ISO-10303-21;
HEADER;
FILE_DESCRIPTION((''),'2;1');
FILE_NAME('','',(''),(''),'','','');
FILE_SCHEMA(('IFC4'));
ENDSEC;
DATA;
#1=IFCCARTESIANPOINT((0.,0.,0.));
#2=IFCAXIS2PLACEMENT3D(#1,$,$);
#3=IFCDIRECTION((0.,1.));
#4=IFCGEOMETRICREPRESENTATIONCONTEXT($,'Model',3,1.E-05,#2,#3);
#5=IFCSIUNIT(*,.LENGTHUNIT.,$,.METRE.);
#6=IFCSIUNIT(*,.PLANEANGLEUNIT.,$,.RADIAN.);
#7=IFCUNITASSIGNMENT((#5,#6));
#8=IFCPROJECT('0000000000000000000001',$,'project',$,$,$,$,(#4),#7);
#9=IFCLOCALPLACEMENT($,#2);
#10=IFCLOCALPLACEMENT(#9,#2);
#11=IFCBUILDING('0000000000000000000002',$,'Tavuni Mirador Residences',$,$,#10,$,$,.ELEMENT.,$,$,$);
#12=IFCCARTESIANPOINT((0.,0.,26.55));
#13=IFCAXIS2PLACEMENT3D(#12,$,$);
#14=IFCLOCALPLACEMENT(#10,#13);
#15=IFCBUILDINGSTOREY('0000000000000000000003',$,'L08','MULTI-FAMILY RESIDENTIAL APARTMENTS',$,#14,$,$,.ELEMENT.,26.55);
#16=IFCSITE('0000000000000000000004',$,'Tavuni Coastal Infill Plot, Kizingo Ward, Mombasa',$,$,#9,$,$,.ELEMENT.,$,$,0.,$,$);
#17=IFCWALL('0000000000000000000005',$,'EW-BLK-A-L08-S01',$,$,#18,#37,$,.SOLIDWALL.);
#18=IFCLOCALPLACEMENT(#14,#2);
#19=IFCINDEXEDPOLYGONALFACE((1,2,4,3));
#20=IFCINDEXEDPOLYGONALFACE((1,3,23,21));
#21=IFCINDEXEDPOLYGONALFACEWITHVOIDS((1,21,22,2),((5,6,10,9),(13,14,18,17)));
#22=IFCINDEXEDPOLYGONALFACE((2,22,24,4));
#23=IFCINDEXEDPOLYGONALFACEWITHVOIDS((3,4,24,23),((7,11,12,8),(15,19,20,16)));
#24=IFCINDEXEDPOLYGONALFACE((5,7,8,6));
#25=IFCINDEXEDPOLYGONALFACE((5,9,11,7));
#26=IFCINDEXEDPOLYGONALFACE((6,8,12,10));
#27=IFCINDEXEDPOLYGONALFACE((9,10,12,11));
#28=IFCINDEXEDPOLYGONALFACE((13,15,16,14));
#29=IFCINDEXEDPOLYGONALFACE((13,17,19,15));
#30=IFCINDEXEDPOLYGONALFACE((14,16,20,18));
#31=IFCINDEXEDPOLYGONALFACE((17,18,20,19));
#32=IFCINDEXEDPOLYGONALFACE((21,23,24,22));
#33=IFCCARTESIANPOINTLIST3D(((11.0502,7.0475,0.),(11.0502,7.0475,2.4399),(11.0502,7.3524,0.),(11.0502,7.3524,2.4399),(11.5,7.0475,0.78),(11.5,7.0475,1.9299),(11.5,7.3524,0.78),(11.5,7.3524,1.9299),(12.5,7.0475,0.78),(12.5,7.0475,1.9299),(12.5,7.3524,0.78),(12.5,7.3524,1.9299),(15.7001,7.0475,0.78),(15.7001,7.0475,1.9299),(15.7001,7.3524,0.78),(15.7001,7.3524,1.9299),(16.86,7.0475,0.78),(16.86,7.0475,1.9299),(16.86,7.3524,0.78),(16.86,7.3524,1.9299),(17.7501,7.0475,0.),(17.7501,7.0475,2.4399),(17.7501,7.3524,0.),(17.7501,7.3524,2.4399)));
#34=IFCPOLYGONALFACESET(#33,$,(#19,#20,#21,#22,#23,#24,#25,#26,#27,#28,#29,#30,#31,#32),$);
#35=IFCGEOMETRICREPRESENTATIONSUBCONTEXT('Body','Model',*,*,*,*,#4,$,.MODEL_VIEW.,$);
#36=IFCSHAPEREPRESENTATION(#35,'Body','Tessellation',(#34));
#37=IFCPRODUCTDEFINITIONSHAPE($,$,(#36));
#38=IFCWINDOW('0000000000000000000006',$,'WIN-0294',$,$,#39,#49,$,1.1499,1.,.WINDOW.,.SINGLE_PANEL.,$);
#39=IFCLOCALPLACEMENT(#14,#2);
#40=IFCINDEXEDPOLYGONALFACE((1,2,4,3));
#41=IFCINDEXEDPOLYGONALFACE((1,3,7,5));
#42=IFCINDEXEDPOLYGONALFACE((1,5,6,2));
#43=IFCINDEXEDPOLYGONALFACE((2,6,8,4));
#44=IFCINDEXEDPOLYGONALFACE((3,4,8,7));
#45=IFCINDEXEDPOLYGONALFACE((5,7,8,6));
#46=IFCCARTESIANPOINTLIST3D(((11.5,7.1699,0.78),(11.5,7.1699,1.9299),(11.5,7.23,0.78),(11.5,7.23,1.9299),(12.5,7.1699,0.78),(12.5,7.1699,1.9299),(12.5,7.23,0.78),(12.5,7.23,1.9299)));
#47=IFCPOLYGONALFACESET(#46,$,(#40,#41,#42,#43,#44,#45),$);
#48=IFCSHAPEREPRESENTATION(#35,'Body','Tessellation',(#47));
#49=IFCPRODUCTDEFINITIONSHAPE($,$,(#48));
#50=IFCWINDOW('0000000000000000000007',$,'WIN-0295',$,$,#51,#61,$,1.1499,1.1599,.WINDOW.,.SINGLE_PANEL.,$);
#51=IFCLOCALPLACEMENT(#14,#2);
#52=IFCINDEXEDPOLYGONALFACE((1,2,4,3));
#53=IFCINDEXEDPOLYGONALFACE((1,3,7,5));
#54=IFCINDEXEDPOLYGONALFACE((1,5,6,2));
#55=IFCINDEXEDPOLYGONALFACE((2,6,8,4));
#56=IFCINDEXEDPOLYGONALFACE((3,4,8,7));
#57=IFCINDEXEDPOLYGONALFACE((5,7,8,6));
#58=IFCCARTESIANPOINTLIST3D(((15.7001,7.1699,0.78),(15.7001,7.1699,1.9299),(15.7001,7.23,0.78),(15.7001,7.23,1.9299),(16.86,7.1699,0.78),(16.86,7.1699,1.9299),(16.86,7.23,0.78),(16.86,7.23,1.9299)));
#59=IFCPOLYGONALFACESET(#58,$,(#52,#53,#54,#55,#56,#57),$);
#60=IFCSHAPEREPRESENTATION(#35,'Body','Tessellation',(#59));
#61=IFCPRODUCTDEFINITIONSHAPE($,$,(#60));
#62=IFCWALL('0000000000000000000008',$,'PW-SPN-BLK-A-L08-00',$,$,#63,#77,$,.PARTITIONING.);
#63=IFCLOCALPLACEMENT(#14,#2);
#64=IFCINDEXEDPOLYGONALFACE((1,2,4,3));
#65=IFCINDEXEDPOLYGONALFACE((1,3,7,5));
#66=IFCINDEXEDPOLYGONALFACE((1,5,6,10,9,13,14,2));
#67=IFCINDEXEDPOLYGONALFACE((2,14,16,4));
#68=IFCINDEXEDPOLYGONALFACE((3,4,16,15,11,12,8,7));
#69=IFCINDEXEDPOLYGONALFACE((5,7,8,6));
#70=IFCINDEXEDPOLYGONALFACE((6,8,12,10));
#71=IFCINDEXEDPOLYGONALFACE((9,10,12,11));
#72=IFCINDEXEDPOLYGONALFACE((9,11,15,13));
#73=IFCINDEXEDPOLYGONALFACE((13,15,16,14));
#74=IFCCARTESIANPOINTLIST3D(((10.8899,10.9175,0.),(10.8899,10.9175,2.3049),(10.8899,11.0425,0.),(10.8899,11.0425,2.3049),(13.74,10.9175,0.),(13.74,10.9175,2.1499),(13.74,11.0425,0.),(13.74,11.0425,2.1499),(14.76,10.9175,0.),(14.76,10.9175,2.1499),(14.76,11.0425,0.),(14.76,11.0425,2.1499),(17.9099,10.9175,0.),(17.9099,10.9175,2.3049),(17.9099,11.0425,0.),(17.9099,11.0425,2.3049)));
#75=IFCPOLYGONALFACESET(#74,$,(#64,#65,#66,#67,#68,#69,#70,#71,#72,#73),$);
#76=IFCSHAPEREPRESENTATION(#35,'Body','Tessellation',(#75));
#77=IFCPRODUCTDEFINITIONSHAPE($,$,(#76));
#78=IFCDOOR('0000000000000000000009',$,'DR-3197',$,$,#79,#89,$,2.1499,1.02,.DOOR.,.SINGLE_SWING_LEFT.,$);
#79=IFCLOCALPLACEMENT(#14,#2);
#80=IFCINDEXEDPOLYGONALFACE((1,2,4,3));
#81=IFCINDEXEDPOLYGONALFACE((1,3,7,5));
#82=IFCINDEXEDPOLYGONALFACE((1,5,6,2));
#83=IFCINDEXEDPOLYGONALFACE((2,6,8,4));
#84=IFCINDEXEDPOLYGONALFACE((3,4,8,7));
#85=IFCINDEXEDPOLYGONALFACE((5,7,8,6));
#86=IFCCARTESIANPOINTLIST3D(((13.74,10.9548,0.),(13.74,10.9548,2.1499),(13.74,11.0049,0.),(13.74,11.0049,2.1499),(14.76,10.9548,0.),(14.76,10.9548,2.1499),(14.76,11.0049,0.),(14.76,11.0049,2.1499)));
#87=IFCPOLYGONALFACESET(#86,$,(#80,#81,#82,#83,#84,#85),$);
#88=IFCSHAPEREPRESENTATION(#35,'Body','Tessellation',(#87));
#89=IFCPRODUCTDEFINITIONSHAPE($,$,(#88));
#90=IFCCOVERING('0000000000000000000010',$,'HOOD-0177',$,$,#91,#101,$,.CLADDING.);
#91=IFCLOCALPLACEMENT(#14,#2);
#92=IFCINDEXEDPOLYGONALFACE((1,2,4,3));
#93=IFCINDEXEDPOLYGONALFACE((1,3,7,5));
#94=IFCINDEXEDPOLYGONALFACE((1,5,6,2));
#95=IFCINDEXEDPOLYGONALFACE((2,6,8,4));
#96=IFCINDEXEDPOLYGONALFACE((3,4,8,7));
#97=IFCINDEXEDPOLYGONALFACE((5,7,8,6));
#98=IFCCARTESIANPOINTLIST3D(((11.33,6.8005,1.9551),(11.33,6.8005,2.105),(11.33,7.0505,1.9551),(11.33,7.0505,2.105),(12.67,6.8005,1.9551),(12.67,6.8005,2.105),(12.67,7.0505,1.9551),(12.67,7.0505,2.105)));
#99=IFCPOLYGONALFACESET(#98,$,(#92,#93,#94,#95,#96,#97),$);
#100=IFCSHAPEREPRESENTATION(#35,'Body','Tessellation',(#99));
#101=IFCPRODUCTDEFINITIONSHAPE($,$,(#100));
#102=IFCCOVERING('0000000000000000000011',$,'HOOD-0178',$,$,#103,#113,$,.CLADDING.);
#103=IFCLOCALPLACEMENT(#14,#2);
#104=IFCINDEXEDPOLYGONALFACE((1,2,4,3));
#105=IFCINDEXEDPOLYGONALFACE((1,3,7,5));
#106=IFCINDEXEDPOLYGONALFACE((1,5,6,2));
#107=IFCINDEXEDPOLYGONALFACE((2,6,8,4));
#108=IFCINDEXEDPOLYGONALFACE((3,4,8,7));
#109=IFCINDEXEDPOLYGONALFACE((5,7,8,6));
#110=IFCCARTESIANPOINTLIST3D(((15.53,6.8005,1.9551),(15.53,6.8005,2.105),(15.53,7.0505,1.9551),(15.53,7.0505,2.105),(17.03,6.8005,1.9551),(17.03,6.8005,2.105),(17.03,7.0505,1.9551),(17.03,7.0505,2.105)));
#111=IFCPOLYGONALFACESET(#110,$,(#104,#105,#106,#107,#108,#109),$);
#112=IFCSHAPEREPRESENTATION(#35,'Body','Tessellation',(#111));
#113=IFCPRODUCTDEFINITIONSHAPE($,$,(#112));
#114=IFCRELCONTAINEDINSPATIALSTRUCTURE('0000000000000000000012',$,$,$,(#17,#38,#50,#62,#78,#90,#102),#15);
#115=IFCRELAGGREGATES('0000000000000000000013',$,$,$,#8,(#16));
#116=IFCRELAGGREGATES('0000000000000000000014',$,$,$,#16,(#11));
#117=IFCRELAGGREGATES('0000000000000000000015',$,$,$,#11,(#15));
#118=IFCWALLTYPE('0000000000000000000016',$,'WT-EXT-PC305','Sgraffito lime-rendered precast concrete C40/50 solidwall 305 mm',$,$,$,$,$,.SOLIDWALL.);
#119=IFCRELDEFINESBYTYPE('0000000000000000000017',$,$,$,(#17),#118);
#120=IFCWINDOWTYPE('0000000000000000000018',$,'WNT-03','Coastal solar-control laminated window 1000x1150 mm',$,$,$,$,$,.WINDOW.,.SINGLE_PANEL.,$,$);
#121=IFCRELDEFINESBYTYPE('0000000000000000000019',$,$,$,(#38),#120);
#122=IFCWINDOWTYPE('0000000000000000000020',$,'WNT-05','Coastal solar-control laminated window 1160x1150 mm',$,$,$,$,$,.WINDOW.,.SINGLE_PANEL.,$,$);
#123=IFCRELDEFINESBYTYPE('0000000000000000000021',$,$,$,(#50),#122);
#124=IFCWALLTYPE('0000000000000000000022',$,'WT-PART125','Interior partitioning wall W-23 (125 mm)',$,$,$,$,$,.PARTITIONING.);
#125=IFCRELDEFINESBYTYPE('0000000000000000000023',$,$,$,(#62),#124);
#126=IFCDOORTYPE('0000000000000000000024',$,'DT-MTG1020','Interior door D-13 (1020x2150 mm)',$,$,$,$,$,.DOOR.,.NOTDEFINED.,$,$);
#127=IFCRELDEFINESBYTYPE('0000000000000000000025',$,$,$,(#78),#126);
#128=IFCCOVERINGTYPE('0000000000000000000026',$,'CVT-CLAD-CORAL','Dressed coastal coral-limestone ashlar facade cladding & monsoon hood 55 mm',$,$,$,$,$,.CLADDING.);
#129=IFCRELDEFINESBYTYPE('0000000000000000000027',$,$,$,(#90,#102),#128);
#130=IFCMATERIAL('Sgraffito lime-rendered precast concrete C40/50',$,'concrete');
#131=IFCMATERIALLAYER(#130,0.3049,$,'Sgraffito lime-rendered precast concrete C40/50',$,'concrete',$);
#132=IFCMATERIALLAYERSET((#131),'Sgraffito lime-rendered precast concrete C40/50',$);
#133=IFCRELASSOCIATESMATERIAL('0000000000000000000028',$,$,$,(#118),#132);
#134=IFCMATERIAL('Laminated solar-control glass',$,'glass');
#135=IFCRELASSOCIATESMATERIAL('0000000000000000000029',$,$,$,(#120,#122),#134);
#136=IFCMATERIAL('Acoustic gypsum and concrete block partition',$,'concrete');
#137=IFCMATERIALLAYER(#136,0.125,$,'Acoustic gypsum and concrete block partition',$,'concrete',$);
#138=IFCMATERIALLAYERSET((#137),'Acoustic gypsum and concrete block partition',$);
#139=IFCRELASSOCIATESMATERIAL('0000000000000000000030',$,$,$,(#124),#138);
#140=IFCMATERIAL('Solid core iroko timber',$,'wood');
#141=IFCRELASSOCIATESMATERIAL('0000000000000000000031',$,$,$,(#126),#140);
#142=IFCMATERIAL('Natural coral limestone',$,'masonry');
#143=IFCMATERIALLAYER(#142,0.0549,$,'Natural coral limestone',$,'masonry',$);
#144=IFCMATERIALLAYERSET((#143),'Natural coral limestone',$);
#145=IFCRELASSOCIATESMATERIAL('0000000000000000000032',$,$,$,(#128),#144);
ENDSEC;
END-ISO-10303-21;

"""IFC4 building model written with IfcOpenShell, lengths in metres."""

from ifc_helpers import new_model, si_unit, direction, frame, frame_2d, origin, origin_2d, place, context, subcontext, project, spatial, rectangle, extrude, material, layer, layer_set, type_object, element, fill, save


model = new_model("IFC4")

# Units and contexts
model_context = context("Model", 3, precision=1e-05, world=origin(), true_north=direction((0.0, 1.0)))
body_context = subcontext(model_context, "Body", "Model", "MODEL_VIEW")
ifc_project = project(units=[si_unit("LENGTHUNIT", "METRE"), si_unit("PLANEANGLEUNIT", "RADIAN")], contexts=[model_context])

# Site, building, storey
site_placement = place(None, origin())
site = spatial("IfcSite", under=ifc_project, at=site_placement, Name="Tavuni Coastal Infill Plot, Kizingo Ward, Mombasa", CompositionType="ELEMENT", RefElevation=0.0)
building_placement = place(site_placement, origin())
building = spatial("IfcBuilding", under=site, at=building_placement, Name="Tavuni Mirador Residences", CompositionType="ELEMENT")
storey_placement = place(building_placement, frame((0.0, 0.0, 26.55)))
storey = spatial("IfcBuildingStorey", under=building, at=storey_placement, Name="L08", Description="MULTI-FAMILY RESIDENTIAL APARTMENTS", CompositionType="ELEMENT", Elevation=26.55)

# Shared definitions
ifc_material_1 = material(Name="Solid core iroko timber", Category="wood")

# Wall, openings, windows
ifc_material_2 = material(Name="Sgraffito lime-rendered precast concrete C40/50", Category="concrete")
ifc_layer_1 = layer(ifc_material_2, 0.3049, Name="Sgraffito lime-rendered precast concrete C40/50", Category="concrete")
ifc_layer_set_1 = layer_set([ifc_layer_1], Name="Sgraffito lime-rendered precast concrete C40/50")
wall_type_1 = type_object("IfcWallType", Name="WT-EXT-PC305", Description="Sgraffito lime-rendered precast concrete C40/50 solidwall 305 mm", PredefinedType="SOLIDWALL", material=ifc_layer_set_1)
wall_1_placement = place(storey_placement, frame((11.05, 7.2, 0.0), z_axis=(0.0, 0.0, 1.0), x_axis=(1.0, 0.0, 0.0)))
wall_1 = element("IfcWall", 1, at=wall_1_placement, inside=storey, type_object=wall_type_1, Name="EW-BLK-A-L08-S01", PredefinedType="SOLIDWALL", context=body_context, shape_type="SweptSolid", body=[
    extrude(rectangle(XDim=6.7, YDim=0.3049, at=frame_2d((3.3501, 0.0))), origin(), (0.0, 0.0, 1.0), 2.4399),
])
opening_1_placement = place(wall_1_placement, frame((0.45, 0.0, 0.78)))
opening_1 = element("IfcOpeningElement", 2, at=opening_1_placement, cuts=wall_1, PredefinedType="OPENING", context=body_context, shape_type="SweptSolid", body=[
    extrude(rectangle(XDim=1.0, YDim=1.1499, at=frame_2d((0.5, 0.575))), frame((0.0, 0.1626, 0.0), z_axis=(0.0, -1.0, 0.0), x_axis=(1.0, 0.0, 0.0)), (0.0, 0.0, 1.0), 0.325),
])
opening_2_placement = place(wall_1_placement, frame((4.6499, 0.0, 0.78)))
opening_2 = element("IfcOpeningElement", 3, at=opening_2_placement, cuts=wall_1, PredefinedType="OPENING", context=body_context, shape_type="SweptSolid", body=[
    extrude(rectangle(XDim=1.1599, YDim=1.1499, at=frame_2d((0.5801, 0.575))), frame((0.0, 0.1626, 0.0), z_axis=(0.0, -1.0, 0.0), x_axis=(1.0, 0.0, 0.0)), (0.0, 0.0, 1.0), 0.325),
])
ifc_material_3 = material(Name="Laminated solar-control glass", Category="glass")
window_type_1 = type_object("IfcWindowType", Name="WNT-03", Description="Coastal solar-control laminated window 1000x1150 mm", PartitioningType="SINGLE_PANEL", PredefinedType="WINDOW", material=ifc_material_3)
window_1_placement = place(opening_1_placement, origin())
window_1 = element("IfcWindow", 4, at=window_1_placement, inside=storey, type_object=window_type_1, Name="WIN-0294", OverallHeight=1.1499, OverallWidth=1.0, PartitioningType="SINGLE_PANEL", PredefinedType="WINDOW", context=body_context, shape_type="SweptSolid", body=[
    extrude(rectangle(XDim=1.0, YDim=1.1499, at=frame_2d((0.5, 0.575))), frame((0.0, 0.03, 0.0), z_axis=(0.0, -1.0, 0.0), x_axis=(1.0, 0.0, 0.0)), (0.0, 0.0, 1.0), 0.0601),
])
fill(opening_1, window_1)
window_type_2 = type_object("IfcWindowType", Name="WNT-05", Description="Coastal solar-control laminated window 1160x1150 mm", PartitioningType="SINGLE_PANEL", PredefinedType="WINDOW", material=ifc_material_3)
window_2_placement = place(opening_2_placement, origin())
window_2 = element("IfcWindow", 5, at=window_2_placement, inside=storey, type_object=window_type_2, Name="WIN-0295", OverallHeight=1.1499, OverallWidth=1.1599, PartitioningType="SINGLE_PANEL", PredefinedType="WINDOW", context=body_context, shape_type="SweptSolid", body=[
    extrude(rectangle(XDim=1.1599, YDim=1.1499, at=frame_2d((0.5801, 0.575))), frame((0.0, 0.03, 0.0), z_axis=(0.0, -1.0, 0.0), x_axis=(1.0, 0.0, 0.0)), (0.0, 0.0, 1.0), 0.0601),
])
fill(opening_2, window_2)

# Wall, opening, door
ifc_material_4 = material(Name="Acoustic gypsum and concrete block partition", Category="concrete")
ifc_layer_2 = layer(ifc_material_4, 0.125, Name="Acoustic gypsum and concrete block partition", Category="concrete")
ifc_layer_set_2 = layer_set([ifc_layer_2], Name="Acoustic gypsum and concrete block partition")
wall_type_2 = type_object("IfcWallType", Name="WT-PART125", Description="Interior partitioning wall W-23 (125 mm)", PredefinedType="PARTITIONING", material=ifc_layer_set_2)
wall_2_placement = place(storey_placement, frame((10.8899, 10.98, 0.0), z_axis=(0.0, 0.0, 1.0), x_axis=(1.0, 0.0, 0.0)))
wall_2 = element("IfcWall", 6, at=wall_2_placement, inside=storey, type_object=wall_type_2, Name="PW-SPN-BLK-A-L08-00", PredefinedType="PARTITIONING", context=body_context, shape_type="SweptSolid", body=[
    extrude(rectangle(XDim=7.02, YDim=0.125, at=frame_2d((3.51, 0.0))), origin(), (0.0, 0.0, 1.0), 2.3049),
])
opening_3_placement = place(wall_2_placement, frame((2.8501, 0.0, 0.0)))
opening_3 = element("IfcOpeningElement", 7, at=opening_3_placement, cuts=wall_2, PredefinedType="OPENING", context=body_context, shape_type="SweptSolid", body=[
    extrude(rectangle(XDim=1.02, YDim=2.1499, at=frame_2d((0.51, 1.075))), frame((0.0, 0.0725, 0.0), z_axis=(0.0, -1.0, 0.0), x_axis=(1.0, 0.0, 0.0)), (0.0, 0.0, 1.0), 0.145),
])
door_type_1 = type_object("IfcDoorType", Name="DT-MTG1020", Description="Interior door D-13 (1020x2150 mm)", OperationType="NOTDEFINED", PredefinedType="DOOR", material=ifc_material_1)
door_1_placement = place(opening_3_placement, origin())
door_1 = element("IfcDoor", 8, at=door_1_placement, inside=storey, type_object=door_type_1, Name="DR-3197", OperationType="SINGLE_SWING_LEFT", OverallHeight=2.1499, OverallWidth=1.02, PredefinedType="DOOR", context=body_context, shape_type="SweptSolid", body=[
    extrude(rectangle(XDim=1.02, YDim=2.1499, at=frame_2d((0.51, 1.075))), frame((0.0, 0.0249, 0.0), z_axis=(0.0, -1.0, 0.0), x_axis=(1.0, 0.0, 0.0)), (0.0, 0.0, 1.0), 0.05),
])
fill(opening_3, door_1)

# Coverings
ifc_material_5 = material(Name="Natural coral limestone", Category="masonry")
ifc_layer_3 = layer(ifc_material_5, 0.0549, Name="Natural coral limestone", Category="masonry")
ifc_layer_set_3 = layer_set([ifc_layer_3], Name="Natural coral limestone")
covering_type = type_object("IfcCoveringType", Name="CVT-CLAD-CORAL", Description="Dressed coastal coral-limestone ashlar facade cladding & monsoon hood 55 mm", PredefinedType="CLADDING", material=ifc_layer_set_3)
covering_1_placement = place(storey_placement, frame((12.0, 6.9255, 1.9551), z_axis=(0.0, 0.0, 1.0), x_axis=(1.0, 0.0, 0.0)))
element("IfcCovering", 9, at=covering_1_placement, inside=storey, type_object=covering_type, Name="HOOD-0177", PredefinedType="CLADDING", context=body_context, shape_type="SweptSolid", body=[
    extrude(rectangle(XDim=1.3401, YDim=0.25, at=origin_2d()), origin(), (0.0, 0.0, 1.0), 0.1499),
])
covering_2_placement = place(storey_placement, frame((16.28, 6.9255, 1.9551), z_axis=(0.0, 0.0, 1.0), x_axis=(1.0, 0.0, 0.0)))
element("IfcCovering", 10, at=covering_2_placement, inside=storey, type_object=covering_type, Name="HOOD-0178", PredefinedType="CLADDING", context=body_context, shape_type="SweptSolid", body=[
    extrude(rectangle(XDim=1.5, YDim=0.25, at=origin_2d()), origin(), (0.0, 0.0, 1.0), 0.1499),
])

save(model, "model.ifc")
